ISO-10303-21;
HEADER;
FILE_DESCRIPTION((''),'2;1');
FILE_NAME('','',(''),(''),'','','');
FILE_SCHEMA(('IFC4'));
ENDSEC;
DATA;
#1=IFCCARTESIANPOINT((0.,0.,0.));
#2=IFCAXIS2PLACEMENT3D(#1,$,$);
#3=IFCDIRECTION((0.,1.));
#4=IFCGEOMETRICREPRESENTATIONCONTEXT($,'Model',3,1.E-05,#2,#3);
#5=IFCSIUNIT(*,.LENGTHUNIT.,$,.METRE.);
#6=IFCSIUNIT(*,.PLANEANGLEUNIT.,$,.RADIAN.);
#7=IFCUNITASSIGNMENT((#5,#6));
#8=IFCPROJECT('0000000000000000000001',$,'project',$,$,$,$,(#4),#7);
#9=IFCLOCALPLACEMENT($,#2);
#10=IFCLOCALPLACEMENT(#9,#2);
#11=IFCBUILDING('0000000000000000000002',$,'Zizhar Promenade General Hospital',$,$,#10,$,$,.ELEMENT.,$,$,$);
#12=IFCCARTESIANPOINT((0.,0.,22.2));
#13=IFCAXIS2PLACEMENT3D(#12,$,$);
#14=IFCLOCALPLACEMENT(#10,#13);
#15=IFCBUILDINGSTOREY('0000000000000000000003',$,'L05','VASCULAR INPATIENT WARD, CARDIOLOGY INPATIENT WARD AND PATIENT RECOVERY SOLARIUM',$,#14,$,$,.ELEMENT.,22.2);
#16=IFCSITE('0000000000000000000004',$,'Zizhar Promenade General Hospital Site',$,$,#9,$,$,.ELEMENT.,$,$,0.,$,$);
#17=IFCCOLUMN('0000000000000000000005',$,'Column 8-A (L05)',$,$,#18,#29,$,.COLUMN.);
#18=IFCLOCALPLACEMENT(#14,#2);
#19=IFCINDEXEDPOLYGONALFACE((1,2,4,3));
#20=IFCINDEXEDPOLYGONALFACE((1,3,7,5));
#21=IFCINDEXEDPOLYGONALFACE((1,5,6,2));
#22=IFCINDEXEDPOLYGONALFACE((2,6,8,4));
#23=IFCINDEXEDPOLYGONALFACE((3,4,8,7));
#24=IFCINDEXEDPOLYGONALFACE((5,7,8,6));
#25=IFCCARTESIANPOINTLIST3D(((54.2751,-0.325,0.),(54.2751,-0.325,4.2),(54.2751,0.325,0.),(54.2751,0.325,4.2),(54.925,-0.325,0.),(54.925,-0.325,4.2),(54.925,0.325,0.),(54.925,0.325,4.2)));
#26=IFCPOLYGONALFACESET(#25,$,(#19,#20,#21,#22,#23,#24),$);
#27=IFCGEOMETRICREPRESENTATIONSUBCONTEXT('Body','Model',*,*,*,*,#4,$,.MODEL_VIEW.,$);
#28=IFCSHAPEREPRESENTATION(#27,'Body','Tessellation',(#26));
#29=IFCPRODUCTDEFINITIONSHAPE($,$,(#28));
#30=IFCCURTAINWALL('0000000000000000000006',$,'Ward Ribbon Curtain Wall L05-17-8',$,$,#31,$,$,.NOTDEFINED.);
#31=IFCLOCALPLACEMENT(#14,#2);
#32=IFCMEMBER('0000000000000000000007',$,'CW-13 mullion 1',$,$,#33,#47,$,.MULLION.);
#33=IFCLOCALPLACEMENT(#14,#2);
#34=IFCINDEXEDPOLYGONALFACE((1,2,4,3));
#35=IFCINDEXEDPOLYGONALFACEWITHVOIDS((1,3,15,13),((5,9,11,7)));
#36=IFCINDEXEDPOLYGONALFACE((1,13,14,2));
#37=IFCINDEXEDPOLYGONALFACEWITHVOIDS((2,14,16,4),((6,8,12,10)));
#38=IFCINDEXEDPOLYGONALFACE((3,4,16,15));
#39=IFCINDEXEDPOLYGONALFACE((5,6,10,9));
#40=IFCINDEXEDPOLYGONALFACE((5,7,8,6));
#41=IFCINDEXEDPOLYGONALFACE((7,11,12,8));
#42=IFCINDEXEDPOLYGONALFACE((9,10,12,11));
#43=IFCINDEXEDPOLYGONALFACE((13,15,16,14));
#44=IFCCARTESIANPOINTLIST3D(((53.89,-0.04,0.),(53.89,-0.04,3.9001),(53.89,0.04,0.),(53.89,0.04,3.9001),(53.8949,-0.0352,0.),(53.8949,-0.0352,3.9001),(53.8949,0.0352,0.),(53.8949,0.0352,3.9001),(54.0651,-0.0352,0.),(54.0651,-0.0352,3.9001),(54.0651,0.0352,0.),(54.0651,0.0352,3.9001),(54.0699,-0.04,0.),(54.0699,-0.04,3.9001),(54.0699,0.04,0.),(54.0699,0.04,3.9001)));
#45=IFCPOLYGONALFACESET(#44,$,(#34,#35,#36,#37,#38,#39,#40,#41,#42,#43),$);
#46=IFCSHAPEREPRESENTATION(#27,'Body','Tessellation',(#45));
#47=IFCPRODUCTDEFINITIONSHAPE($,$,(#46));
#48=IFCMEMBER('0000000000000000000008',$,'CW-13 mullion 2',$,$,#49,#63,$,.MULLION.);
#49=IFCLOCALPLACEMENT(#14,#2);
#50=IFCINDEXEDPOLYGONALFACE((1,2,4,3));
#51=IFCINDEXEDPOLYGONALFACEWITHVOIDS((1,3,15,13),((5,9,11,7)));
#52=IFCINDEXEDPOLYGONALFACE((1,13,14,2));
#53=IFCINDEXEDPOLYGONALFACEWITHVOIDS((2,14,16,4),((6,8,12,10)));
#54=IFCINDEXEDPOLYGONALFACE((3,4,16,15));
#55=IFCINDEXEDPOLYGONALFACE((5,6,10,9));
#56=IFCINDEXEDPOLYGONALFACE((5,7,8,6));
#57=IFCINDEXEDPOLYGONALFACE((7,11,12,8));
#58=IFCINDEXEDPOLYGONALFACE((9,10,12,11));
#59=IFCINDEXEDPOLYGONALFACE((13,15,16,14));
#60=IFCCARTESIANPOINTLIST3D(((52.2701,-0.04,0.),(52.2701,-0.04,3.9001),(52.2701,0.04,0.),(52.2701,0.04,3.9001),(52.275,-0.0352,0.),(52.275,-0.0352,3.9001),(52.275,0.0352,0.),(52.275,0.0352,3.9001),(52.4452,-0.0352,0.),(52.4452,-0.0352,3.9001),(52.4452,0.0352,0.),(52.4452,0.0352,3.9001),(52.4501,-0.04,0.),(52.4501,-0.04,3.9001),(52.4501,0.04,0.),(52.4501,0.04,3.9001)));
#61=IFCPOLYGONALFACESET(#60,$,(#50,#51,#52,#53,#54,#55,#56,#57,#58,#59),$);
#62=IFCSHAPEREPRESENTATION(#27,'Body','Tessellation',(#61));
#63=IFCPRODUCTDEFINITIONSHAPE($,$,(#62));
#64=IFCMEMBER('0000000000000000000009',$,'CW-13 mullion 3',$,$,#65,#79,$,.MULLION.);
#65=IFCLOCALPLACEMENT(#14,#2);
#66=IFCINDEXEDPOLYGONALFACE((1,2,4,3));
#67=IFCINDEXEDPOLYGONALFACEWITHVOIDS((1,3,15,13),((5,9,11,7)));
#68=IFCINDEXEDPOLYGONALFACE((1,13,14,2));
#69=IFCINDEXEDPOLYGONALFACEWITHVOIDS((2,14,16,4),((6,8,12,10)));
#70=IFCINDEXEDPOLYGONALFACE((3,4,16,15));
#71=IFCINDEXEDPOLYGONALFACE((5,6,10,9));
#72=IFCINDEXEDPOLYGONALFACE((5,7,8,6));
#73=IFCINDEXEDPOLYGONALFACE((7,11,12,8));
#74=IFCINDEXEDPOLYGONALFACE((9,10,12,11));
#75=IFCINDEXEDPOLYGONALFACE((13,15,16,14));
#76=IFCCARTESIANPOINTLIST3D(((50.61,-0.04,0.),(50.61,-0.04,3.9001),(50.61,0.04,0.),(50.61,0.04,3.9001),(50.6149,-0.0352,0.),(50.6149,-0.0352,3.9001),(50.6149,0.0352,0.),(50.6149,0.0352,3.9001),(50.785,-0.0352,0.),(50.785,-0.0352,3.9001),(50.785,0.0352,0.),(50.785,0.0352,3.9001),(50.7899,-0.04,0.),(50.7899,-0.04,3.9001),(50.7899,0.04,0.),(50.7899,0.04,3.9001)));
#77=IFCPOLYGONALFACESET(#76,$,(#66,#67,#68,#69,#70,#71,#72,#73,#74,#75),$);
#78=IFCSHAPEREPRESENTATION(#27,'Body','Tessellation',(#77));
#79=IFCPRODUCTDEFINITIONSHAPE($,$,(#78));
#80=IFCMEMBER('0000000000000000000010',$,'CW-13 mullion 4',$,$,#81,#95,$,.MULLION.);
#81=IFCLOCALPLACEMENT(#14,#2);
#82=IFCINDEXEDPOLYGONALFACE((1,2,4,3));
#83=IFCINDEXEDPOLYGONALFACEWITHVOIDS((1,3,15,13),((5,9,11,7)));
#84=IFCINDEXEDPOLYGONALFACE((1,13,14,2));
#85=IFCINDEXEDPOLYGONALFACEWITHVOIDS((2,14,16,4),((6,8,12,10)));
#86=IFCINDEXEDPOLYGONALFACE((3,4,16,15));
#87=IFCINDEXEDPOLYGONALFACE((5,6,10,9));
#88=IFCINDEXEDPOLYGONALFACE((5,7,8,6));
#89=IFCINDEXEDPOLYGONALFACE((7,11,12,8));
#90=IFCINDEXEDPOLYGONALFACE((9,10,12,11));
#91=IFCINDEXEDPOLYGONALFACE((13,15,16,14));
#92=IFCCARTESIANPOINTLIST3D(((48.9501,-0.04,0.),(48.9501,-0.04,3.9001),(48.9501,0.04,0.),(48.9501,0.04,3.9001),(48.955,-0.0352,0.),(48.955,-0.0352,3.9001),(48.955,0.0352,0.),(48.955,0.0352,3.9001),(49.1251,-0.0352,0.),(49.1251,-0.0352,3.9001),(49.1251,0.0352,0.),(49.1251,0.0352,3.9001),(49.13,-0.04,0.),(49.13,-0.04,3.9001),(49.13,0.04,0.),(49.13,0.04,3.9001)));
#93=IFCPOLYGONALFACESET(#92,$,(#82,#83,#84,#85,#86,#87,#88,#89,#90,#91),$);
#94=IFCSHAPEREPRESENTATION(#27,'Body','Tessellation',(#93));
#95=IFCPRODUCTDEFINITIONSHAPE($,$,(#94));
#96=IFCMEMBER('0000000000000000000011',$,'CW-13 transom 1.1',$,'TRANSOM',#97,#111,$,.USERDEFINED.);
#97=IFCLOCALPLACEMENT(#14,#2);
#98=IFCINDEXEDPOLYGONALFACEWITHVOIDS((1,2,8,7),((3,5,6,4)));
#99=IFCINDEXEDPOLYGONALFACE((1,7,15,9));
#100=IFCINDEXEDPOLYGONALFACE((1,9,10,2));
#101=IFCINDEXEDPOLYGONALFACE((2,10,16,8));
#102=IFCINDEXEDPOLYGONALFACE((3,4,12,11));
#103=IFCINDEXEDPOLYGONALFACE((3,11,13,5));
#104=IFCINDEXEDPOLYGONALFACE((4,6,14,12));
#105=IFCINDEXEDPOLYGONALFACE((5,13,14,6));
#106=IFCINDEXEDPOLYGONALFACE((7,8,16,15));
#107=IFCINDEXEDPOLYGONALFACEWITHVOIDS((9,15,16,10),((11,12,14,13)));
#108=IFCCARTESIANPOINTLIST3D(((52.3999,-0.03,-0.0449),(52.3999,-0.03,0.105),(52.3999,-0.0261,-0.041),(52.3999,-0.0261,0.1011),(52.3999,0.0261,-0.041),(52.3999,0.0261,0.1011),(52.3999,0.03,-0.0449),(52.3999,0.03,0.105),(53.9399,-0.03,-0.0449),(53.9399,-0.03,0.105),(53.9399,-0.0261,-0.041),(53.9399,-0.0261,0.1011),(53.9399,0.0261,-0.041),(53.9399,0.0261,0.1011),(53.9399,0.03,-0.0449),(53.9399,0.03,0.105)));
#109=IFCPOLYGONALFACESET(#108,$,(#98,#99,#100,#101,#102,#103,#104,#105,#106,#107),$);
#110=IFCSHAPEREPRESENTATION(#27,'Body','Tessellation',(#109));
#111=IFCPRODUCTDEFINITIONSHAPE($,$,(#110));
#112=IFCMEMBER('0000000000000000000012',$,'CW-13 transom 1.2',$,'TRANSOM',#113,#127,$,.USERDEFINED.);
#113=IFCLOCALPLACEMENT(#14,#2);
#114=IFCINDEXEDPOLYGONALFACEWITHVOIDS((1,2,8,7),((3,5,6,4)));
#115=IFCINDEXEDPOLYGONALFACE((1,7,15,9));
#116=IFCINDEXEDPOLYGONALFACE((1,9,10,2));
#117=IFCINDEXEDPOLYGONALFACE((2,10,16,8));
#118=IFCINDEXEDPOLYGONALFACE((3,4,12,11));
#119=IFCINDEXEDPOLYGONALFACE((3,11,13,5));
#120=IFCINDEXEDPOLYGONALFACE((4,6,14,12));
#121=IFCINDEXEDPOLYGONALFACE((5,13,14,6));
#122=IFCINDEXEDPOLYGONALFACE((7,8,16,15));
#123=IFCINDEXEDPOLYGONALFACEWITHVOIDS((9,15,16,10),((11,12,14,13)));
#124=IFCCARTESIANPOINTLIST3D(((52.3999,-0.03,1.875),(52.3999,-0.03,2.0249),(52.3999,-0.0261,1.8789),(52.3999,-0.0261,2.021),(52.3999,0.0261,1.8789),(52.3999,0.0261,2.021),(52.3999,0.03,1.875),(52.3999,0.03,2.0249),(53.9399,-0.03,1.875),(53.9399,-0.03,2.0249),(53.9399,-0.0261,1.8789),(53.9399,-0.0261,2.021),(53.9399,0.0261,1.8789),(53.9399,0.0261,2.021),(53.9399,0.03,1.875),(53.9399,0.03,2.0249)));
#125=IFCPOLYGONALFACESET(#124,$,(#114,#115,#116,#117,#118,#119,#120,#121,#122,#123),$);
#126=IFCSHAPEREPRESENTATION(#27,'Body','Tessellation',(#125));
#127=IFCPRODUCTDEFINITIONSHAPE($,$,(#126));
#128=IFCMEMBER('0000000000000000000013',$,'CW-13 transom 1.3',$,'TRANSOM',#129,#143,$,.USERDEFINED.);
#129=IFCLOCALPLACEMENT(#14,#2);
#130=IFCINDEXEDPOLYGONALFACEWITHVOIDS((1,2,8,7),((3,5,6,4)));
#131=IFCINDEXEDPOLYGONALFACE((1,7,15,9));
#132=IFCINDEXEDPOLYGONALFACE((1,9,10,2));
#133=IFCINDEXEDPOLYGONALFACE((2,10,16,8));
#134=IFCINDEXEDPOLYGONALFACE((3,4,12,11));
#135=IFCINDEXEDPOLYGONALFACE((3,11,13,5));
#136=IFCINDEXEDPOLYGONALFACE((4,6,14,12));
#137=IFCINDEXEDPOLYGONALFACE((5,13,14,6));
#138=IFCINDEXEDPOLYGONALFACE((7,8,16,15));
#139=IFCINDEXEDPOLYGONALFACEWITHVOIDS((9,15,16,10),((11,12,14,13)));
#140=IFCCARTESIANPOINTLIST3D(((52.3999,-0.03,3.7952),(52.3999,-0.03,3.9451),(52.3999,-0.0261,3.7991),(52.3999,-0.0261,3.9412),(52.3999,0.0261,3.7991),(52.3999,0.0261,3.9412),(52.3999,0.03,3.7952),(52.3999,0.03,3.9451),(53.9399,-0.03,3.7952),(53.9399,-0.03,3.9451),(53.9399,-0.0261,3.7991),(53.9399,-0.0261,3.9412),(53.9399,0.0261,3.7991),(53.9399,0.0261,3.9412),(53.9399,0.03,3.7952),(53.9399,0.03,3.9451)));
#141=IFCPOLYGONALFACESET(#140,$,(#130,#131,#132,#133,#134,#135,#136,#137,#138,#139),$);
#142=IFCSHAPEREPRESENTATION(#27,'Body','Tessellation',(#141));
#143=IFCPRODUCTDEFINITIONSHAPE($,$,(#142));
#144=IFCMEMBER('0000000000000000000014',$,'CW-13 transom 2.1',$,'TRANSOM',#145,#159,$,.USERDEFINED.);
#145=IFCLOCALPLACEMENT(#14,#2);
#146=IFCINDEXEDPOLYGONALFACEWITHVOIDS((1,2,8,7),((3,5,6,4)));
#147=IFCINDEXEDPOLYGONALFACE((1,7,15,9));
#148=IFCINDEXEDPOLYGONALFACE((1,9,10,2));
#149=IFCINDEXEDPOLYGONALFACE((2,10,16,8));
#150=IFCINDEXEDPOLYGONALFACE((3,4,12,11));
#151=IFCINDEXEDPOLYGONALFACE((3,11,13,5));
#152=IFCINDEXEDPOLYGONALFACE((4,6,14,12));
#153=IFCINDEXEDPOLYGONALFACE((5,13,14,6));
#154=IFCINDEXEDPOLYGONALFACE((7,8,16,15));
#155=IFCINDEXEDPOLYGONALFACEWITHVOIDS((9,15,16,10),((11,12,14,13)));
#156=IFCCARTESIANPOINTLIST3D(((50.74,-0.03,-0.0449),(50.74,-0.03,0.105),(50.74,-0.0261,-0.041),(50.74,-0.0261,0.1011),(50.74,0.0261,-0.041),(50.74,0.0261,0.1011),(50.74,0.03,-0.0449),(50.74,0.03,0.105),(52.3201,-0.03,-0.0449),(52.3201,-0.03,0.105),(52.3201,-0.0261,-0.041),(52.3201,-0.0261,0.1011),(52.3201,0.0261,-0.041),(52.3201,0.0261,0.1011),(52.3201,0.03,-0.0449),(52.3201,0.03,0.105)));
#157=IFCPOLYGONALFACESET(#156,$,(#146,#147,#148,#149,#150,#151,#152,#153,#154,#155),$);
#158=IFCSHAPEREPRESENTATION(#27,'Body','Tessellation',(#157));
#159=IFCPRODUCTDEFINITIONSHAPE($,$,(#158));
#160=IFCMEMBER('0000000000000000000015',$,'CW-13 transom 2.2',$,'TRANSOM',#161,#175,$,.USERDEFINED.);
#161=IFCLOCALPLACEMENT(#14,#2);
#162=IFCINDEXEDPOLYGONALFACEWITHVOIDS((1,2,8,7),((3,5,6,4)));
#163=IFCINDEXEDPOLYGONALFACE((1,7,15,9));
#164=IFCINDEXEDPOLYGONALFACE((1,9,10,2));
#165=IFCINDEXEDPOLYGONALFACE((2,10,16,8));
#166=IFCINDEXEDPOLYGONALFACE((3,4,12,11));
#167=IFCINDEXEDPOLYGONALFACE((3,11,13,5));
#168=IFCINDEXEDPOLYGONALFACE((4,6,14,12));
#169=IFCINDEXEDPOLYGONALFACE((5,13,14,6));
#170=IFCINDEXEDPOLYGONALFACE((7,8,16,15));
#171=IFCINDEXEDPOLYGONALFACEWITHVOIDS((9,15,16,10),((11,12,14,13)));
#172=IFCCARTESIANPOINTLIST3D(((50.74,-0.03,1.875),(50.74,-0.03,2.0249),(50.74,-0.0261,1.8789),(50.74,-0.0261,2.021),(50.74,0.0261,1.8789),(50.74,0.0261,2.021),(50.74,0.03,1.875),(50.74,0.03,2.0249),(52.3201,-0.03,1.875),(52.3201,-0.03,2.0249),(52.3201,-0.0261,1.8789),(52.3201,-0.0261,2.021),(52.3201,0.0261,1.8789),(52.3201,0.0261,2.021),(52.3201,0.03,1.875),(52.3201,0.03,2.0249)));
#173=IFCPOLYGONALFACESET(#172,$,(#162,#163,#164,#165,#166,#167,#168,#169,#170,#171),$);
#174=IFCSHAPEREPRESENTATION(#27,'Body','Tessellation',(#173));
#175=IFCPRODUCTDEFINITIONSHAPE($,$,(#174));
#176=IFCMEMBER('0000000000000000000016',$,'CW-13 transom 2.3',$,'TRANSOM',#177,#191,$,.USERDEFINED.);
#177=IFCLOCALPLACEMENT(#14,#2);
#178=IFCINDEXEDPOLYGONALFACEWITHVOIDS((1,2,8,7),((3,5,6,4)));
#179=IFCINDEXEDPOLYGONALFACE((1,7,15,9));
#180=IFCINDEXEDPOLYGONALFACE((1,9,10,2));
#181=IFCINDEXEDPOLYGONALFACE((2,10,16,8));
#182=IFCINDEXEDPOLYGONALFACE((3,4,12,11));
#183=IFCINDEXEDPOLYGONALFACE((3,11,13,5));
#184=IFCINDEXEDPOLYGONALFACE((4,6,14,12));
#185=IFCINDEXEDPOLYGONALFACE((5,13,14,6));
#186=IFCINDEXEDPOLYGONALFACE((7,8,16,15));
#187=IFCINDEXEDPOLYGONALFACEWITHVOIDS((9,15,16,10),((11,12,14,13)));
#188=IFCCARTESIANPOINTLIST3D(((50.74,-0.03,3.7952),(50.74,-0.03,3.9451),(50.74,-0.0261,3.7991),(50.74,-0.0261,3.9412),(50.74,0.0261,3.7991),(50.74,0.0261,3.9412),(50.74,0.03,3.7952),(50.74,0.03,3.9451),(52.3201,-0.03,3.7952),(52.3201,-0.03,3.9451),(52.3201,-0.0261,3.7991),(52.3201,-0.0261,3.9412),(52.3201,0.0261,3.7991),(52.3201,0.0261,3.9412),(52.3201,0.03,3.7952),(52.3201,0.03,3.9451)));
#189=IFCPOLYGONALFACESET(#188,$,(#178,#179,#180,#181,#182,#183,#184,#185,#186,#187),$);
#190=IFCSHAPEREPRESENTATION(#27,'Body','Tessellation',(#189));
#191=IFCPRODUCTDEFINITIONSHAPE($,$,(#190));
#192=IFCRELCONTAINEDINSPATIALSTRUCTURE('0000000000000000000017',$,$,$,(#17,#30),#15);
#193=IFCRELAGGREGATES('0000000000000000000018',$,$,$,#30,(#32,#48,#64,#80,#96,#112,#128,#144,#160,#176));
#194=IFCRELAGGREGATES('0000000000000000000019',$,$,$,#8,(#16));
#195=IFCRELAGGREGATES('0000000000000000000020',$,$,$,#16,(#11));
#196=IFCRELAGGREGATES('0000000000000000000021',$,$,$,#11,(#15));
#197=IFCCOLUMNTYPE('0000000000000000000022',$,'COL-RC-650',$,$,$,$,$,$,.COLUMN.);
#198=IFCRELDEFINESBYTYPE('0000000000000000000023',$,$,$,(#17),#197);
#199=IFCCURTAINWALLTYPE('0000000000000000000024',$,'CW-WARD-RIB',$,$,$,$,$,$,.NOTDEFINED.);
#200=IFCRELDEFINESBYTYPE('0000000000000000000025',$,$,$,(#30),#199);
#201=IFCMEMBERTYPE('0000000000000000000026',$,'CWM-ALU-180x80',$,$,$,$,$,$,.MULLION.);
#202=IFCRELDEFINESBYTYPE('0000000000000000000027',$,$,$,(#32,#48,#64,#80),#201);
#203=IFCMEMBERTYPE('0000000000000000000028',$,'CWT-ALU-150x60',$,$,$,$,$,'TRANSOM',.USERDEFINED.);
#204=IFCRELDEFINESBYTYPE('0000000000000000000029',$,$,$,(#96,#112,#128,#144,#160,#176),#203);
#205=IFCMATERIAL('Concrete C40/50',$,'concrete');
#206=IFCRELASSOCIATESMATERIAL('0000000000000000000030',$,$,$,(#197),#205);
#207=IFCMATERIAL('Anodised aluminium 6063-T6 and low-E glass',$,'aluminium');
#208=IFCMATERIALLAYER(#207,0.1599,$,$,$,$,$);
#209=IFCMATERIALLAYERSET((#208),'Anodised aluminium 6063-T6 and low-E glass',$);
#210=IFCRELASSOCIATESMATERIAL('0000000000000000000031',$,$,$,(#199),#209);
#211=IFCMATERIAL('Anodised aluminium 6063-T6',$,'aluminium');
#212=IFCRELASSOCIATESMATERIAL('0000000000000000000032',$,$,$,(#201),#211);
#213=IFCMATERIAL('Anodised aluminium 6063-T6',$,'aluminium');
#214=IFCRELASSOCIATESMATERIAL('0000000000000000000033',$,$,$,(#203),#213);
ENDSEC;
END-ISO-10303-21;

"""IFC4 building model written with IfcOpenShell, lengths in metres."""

from ifc_helpers import new_model, si_unit, direction, frame, origin, origin_2d, place, context, subcontext, project, spatial, rectangle, hollow_rectangle, extrude, material, layer, layer_set, material_profile, profile_set, type_object, element, aggregate, save


model = new_model("IFC4")

# Units and contexts
model_context = context("Model", 3, precision=1e-05, world=origin(), true_north=direction((0.0, 1.0)))
body_context = subcontext(model_context, "Body", "Model", "MODEL_VIEW")
ifc_project = project(units=[si_unit("LENGTHUNIT", "METRE"), si_unit("PLANEANGLEUNIT", "RADIAN")], contexts=[model_context])

# Site, building, storey
site_placement = place(None, origin())
site = spatial("IfcSite", under=ifc_project, at=site_placement, Name="Zizhar Promenade General Hospital Site", CompositionType="ELEMENT", RefElevation=0.0)
building_placement = place(site_placement, origin())
building = spatial("IfcBuilding", under=site, at=building_placement, Name="Zizhar Promenade General Hospital", CompositionType="ELEMENT")
storey_placement = place(building_placement, frame((0.0, 0.0, 22.2)))
storey = spatial("IfcBuildingStorey", under=building, at=storey_placement, Name="L05", Description="VASCULAR INPATIENT WARD, CARDIOLOGY INPATIENT WARD AND PATIENT RECOVERY SOLARIUM", CompositionType="ELEMENT", Elevation=22.2)

# Column
ifc_material_1 = material(Name="Concrete C40/50", Category="concrete")
ifc_material_profile_1 = material_profile(ifc_material_1, rectangle(XDim=0.6499, YDim=0.6499, at=origin_2d()))
ifc_profile_set_1 = profile_set([ifc_material_profile_1], Name="Concrete C40/50")
column_type = type_object("IfcColumnType", Name="COL-RC-650", PredefinedType="COLUMN", material=ifc_profile_set_1)
column_placement = place(storey_placement, frame((54.6001, 0.0, 0.0), z_axis=(0.0, 0.0, 1.0), x_axis=(1.0, 0.0, 0.0)))
element("IfcColumn", 1, at=column_placement, inside=storey, type_object=column_type, Name="Column 8-A (L05)", PredefinedType="COLUMN", context=body_context, shape_type="SweptSolid", body=[
    extrude(rectangle(XDim=0.6499, YDim=0.6499, at=origin_2d()), origin(), (0.0, 0.0, 1.0), 4.2),
])

# Curtain wall, members
ifc_material_2 = material(Name="Anodised aluminium 6063-T6 and low-E glass", Category="aluminium")
ifc_layer_1 = layer(ifc_material_2, 0.1599)
ifc_layer_set_1 = layer_set([ifc_layer_1], Name="Anodised aluminium 6063-T6 and low-E glass")
curtain_wall_type = type_object("IfcCurtainWallType", Name="CW-WARD-RIB", PredefinedType="NOTDEFINED", material=ifc_layer_set_1)
curtain_wall_placement = place(storey_placement, origin())
curtain_wall = element("IfcCurtainWall", 2, at=curtain_wall_placement, inside=storey, type_object=curtain_wall_type, Name="Ward Ribbon Curtain Wall L05-17-8", PredefinedType="NOTDEFINED")
ifc_material_3 = material(Name="Anodised aluminium 6063-T6", Category="aluminium")
ifc_material_profile_2 = material_profile(ifc_material_3, hollow_rectangle(XDim=0.0801, YDim=0.1799, WallThickness=0.0049, at=origin_2d()))
ifc_profile_set_2 = profile_set([ifc_material_profile_2], Name="Anodised aluminium 6063-T6")
member_type_1 = type_object("IfcMemberType", Name="CWM-ALU-180x80", PredefinedType="MULLION", material=ifc_profile_set_2)
member_1_placement = place(storey_placement, frame((53.98, 0.0, 0.0), z_axis=(0.0, 0.0, 1.0), x_axis=(0.0, -1.0, 0.0)))
member_1 = element("IfcMember", 3, at=member_1_placement, type_object=member_type_1, Name="CW-13 mullion 1", PredefinedType="MULLION", context=body_context, shape_type="SweptSolid", body=[
    extrude(hollow_rectangle(XDim=0.0801, YDim=0.1799, WallThickness=0.0049, at=origin_2d()), origin(), (0.0, 0.0, 1.0), 3.9001),
])
member_2_placement = place(storey_placement, frame((52.3601, 0.0, 0.0), z_axis=(0.0, 0.0, 1.0), x_axis=(0.0, -1.0, 0.0)))
member_2 = element("IfcMember", 4, at=member_2_placement, type_object=member_type_1, Name="CW-13 mullion 2", PredefinedType="MULLION", context=body_context, shape_type="SweptSolid", body=[
    extrude(hollow_rectangle(XDim=0.0801, YDim=0.1799, WallThickness=0.0049, at=origin_2d()), origin(), (0.0, 0.0, 1.0), 3.9001),
])
member_3_placement = place(storey_placement, frame((50.7, 0.0, 0.0), z_axis=(0.0, 0.0, 1.0), x_axis=(0.0, -1.0, 0.0)))
member_3 = element("IfcMember", 5, at=member_3_placement, type_object=member_type_1, Name="CW-13 mullion 3", PredefinedType="MULLION", context=body_context, shape_type="SweptSolid", body=[
    extrude(hollow_rectangle(XDim=0.0801, YDim=0.1799, WallThickness=0.0049, at=origin_2d()), origin(), (0.0, 0.0, 1.0), 3.9001),
])
member_4_placement = place(storey_placement, frame((49.04, 0.0, 0.0), z_axis=(0.0, 0.0, 1.0), x_axis=(0.0, -1.0, 0.0)))
member_4 = element("IfcMember", 6, at=member_4_placement, type_object=member_type_1, Name="CW-13 mullion 4", PredefinedType="MULLION", context=body_context, shape_type="SweptSolid", body=[
    extrude(hollow_rectangle(XDim=0.0801, YDim=0.1799, WallThickness=0.0049, at=origin_2d()), origin(), (0.0, 0.0, 1.0), 3.9001),
])
ifc_material_4 = material(Name="Anodised aluminium 6063-T6", Category="aluminium")
ifc_material_profile_3 = material_profile(ifc_material_4, hollow_rectangle(XDim=0.0601, YDim=0.1499, WallThickness=0.0039, at=origin_2d()))
ifc_profile_set_3 = profile_set([ifc_material_profile_3], Name="Anodised aluminium 6063-T6")
member_type_2 = type_object("IfcMemberType", Name="CWT-ALU-150x60", ElementType="TRANSOM", PredefinedType="USERDEFINED", material=ifc_profile_set_3)
member_5_placement = place(storey_placement, frame((53.9399, 0.0, 0.03), z_axis=(-1.0, 0.0, 0.0), x_axis=(0.0, -1.0, 0.0)))
member_5 = element("IfcMember", 7, at=member_5_placement, type_object=member_type_2, Name="CW-13 transom 1.1", ObjectType="TRANSOM", PredefinedType="USERDEFINED", context=body_context, shape_type="SweptSolid", body=[
    extrude(hollow_rectangle(XDim=0.0601, YDim=0.1499, WallThickness=0.0039, at=origin_2d()), origin(), (0.0, 0.0, 1.0), 1.54),
])
member_6_placement = place(storey_placement, frame((53.9399, 0.0, 1.95), z_axis=(-1.0, 0.0, 0.0), x_axis=(0.0, -1.0, 0.0)))
member_6 = element("IfcMember", 8, at=member_6_placement, type_object=member_type_2, Name="CW-13 transom 1.2", ObjectType="TRANSOM", PredefinedType="USERDEFINED", context=body_context, shape_type="SweptSolid", body=[
    extrude(hollow_rectangle(XDim=0.0601, YDim=0.1499, WallThickness=0.0039, at=origin_2d()), origin(), (0.0, 0.0, 1.0), 1.54),
])
member_7_placement = place(storey_placement, frame((53.9399, 0.0, 3.8701), z_axis=(-1.0, 0.0, 0.0), x_axis=(0.0, -1.0, 0.0)))
member_7 = element("IfcMember", 9, at=member_7_placement, type_object=member_type_2, Name="CW-13 transom 1.3", ObjectType="TRANSOM", PredefinedType="USERDEFINED", context=body_context, shape_type="SweptSolid", body=[
    extrude(hollow_rectangle(XDim=0.0601, YDim=0.1499, WallThickness=0.0039, at=origin_2d()), origin(), (0.0, 0.0, 1.0), 1.54),
])
member_8_placement = place(storey_placement, frame((52.3201, 0.0, 0.03), z_axis=(-1.0, 0.0, 0.0), x_axis=(0.0, -1.0, 0.0)))
member_8 = element("IfcMember", 10, at=member_8_placement, type_object=member_type_2, Name="CW-13 transom 2.1", ObjectType="TRANSOM", PredefinedType="USERDEFINED", context=body_context, shape_type="SweptSolid", body=[
    extrude(hollow_rectangle(XDim=0.0601, YDim=0.1499, WallThickness=0.0039, at=origin_2d()), origin(), (0.0, 0.0, 1.0), 1.5801),
])
member_9_placement = place(storey_placement, frame((52.3201, 0.0, 1.95), z_axis=(-1.0, 0.0, 0.0), x_axis=(0.0, -1.0, 0.0)))
member_9 = element("IfcMember", 11, at=member_9_placement, type_object=member_type_2, Name="CW-13 transom 2.2", ObjectType="TRANSOM", PredefinedType="USERDEFINED", context=body_context, shape_type="SweptSolid", body=[
    extrude(hollow_rectangle(XDim=0.0601, YDim=0.1499, WallThickness=0.0039, at=origin_2d()), origin(), (0.0, 0.0, 1.0), 1.5801),
])
member_10_placement = place(storey_placement, frame((52.3201, 0.0, 3.8701), z_axis=(-1.0, 0.0, 0.0), x_axis=(0.0, -1.0, 0.0)))
member_10 = element("IfcMember", 12, at=member_10_placement, type_object=member_type_2, Name="CW-13 transom 2.3", ObjectType="TRANSOM", PredefinedType="USERDEFINED", context=body_context, shape_type="SweptSolid", body=[
    extrude(hollow_rectangle(XDim=0.0601, YDim=0.1499, WallThickness=0.0039, at=origin_2d()), origin(), (0.0, 0.0, 1.0), 1.5801),
])
aggregate(curtain_wall, [member_1, member_2, member_3, member_4, member_5, member_6, member_7, member_8, member_9, member_10])

save(model, "model.ifc")
